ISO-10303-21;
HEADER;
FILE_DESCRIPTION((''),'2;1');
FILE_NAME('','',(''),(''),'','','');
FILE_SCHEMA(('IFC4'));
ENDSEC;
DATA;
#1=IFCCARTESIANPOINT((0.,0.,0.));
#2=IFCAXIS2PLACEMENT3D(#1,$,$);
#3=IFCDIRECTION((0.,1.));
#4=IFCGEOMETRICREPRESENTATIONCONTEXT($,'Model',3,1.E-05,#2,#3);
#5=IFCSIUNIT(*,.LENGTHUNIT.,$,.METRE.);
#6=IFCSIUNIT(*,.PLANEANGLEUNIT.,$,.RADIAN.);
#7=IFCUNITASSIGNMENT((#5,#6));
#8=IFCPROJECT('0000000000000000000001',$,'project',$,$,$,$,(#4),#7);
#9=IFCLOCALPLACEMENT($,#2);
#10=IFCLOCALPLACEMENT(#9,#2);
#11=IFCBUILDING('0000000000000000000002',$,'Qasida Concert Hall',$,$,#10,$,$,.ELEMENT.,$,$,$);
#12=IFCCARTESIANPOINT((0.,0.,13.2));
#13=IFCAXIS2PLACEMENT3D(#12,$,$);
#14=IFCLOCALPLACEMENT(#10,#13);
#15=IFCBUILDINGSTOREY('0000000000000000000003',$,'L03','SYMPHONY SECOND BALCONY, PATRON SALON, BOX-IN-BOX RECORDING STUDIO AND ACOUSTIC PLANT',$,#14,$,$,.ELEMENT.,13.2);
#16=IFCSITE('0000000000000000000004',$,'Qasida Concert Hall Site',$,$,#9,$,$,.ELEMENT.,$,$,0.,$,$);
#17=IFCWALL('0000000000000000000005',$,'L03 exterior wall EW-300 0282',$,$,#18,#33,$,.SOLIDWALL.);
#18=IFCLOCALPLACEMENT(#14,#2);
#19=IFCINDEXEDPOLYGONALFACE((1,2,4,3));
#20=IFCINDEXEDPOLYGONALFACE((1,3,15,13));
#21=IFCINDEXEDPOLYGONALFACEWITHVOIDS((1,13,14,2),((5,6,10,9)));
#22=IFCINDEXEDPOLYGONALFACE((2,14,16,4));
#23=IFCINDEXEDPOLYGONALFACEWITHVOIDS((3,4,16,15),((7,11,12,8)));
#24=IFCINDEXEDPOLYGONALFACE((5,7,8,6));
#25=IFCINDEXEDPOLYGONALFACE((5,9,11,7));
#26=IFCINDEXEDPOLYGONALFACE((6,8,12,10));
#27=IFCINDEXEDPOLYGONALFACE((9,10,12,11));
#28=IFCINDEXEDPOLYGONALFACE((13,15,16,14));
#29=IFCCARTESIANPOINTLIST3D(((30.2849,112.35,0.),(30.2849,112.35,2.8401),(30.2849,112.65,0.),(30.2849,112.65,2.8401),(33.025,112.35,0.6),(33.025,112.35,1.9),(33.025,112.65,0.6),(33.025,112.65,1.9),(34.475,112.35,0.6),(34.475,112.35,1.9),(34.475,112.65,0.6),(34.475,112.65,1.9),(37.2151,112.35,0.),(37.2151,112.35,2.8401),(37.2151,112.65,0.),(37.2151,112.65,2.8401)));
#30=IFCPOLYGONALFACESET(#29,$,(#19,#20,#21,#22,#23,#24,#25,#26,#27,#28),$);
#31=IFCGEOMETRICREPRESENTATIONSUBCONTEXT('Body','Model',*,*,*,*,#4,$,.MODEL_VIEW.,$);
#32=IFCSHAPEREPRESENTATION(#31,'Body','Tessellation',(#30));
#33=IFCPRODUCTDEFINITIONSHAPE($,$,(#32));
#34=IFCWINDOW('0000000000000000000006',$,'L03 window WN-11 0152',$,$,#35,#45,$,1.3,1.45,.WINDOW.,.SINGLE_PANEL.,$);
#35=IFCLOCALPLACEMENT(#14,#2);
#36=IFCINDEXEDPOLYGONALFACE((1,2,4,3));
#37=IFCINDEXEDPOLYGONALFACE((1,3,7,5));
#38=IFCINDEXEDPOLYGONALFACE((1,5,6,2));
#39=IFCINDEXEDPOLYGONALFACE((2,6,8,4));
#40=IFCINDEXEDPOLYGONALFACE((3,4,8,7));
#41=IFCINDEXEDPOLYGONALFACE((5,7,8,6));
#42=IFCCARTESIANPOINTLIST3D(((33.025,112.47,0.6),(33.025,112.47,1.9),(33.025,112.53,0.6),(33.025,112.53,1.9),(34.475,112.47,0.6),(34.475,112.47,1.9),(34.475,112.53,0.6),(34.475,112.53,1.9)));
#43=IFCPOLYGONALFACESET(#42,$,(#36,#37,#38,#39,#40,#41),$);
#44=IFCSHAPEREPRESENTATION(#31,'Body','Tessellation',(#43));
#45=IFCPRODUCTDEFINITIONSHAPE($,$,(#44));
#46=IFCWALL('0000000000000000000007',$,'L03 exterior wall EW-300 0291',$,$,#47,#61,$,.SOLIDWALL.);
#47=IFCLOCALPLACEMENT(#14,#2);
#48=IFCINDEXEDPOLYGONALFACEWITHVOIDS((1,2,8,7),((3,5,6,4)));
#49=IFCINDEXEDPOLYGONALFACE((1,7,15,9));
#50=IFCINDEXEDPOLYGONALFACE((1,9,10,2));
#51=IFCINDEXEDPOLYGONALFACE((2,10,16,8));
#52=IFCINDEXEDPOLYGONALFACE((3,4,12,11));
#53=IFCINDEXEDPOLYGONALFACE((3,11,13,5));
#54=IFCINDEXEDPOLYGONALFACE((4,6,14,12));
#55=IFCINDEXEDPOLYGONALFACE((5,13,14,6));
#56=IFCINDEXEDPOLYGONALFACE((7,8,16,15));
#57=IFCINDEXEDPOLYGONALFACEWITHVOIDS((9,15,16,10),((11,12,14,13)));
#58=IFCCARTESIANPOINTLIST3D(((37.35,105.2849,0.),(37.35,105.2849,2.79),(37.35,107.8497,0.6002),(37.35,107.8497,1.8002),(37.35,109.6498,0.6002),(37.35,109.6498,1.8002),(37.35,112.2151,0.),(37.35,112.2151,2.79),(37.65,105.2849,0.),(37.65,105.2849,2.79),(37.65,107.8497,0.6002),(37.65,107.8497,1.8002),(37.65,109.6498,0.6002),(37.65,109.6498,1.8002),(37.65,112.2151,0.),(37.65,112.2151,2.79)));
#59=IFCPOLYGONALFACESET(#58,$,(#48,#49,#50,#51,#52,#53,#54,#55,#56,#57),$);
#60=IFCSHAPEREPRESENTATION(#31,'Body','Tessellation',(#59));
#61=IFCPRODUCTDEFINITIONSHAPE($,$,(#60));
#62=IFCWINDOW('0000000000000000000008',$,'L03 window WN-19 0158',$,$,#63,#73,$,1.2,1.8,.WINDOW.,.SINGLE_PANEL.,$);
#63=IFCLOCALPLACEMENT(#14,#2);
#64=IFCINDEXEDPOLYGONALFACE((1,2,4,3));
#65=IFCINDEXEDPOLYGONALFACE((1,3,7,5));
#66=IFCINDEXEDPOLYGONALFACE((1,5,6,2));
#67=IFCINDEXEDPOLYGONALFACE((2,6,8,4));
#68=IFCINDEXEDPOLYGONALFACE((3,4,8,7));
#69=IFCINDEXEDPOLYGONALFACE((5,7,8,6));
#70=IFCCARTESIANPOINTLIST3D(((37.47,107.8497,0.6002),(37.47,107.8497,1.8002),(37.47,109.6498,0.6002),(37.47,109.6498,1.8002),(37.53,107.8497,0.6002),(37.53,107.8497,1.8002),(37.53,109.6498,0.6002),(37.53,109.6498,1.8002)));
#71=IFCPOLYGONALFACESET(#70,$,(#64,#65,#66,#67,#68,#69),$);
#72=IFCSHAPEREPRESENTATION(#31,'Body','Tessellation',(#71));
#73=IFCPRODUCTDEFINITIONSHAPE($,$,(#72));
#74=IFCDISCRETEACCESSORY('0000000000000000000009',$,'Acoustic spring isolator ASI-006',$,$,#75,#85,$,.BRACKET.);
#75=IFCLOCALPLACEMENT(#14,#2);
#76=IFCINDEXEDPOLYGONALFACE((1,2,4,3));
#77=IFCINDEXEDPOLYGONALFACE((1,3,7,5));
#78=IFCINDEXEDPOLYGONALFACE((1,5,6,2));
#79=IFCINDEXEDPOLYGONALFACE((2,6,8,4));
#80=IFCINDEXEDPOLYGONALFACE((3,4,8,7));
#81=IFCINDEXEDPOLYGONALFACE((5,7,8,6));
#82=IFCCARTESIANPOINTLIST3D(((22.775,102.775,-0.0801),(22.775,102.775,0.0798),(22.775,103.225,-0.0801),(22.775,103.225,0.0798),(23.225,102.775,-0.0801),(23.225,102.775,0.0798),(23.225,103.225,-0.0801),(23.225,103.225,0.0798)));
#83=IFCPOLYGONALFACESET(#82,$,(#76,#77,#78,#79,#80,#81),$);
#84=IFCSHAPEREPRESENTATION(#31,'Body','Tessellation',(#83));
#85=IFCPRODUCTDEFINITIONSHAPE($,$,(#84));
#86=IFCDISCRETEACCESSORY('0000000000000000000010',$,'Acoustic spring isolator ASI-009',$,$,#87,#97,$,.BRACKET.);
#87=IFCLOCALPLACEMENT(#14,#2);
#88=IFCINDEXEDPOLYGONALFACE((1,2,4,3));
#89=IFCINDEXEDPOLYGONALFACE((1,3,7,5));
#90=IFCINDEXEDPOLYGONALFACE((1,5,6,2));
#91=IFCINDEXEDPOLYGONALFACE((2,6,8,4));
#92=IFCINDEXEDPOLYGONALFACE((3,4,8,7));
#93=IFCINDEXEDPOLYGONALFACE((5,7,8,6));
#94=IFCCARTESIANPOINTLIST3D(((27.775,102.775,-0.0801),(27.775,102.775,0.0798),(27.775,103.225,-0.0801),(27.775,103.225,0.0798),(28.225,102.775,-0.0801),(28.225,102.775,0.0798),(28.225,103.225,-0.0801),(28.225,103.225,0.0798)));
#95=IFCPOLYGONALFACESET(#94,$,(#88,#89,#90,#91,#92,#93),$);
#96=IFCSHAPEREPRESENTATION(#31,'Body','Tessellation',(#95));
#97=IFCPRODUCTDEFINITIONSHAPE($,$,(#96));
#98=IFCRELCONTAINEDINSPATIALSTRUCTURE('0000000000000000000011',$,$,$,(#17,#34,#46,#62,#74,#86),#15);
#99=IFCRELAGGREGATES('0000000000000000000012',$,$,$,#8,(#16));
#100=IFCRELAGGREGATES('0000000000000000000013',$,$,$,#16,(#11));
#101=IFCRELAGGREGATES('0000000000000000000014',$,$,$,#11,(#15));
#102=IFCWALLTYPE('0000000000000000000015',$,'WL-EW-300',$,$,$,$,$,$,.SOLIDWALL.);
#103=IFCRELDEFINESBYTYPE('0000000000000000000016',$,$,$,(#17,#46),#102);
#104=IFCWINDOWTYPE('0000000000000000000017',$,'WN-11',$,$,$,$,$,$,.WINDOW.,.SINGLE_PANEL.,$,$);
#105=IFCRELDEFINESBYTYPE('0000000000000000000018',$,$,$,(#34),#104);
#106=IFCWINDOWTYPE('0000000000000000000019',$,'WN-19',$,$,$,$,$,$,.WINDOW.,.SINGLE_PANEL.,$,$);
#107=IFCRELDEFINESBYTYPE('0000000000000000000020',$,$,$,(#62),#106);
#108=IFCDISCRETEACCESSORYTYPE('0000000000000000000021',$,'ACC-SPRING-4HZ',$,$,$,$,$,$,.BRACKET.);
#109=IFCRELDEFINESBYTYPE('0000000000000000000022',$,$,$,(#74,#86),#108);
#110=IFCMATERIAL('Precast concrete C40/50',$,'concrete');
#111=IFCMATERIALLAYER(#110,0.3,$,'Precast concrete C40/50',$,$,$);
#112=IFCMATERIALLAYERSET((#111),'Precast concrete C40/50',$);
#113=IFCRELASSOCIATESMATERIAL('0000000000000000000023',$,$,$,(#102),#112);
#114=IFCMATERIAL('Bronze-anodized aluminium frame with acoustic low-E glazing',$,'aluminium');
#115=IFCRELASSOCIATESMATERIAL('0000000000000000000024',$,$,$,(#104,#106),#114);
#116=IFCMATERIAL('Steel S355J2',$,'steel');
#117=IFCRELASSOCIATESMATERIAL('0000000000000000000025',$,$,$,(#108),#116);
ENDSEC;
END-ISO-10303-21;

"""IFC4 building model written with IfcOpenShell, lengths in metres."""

from ifc_helpers import new_model, si_unit, direction, frame, frame_2d, origin, origin_2d, place, context, subcontext, project, spatial, rectangle, extrude, material, layer, layer_set, type_object, element, fill, save


model = new_model("IFC4")

# Units and contexts
model_context = context("Model", 3, precision=1e-05, world=origin(), true_north=direction((0.0, 1.0)))
body_context = subcontext(model_context, "Body", "Model", "MODEL_VIEW")
ifc_project = project(units=[si_unit("LENGTHUNIT", "METRE"), si_unit("PLANEANGLEUNIT", "RADIAN")], contexts=[model_context])

# Site, building, storey
site_placement = place(None, origin())
site = spatial("IfcSite", under=ifc_project, at=site_placement, Name="Qasida Concert Hall Site", CompositionType="ELEMENT", RefElevation=0.0)
building_placement = place(site_placement, origin())
building = spatial("IfcBuilding", under=site, at=building_placement, Name="Qasida Concert Hall", CompositionType="ELEMENT")
storey_placement = place(building_placement, frame((0.0, 0.0, 13.2)))
storey = spatial("IfcBuildingStorey", under=building, at=storey_placement, Name="L03", Description="SYMPHONY SECOND BALCONY, PATRON SALON, BOX-IN-BOX RECORDING STUDIO AND ACOUSTIC PLANT", CompositionType="ELEMENT", Elevation=13.2)

# Shared definitions
ifc_material_1 = material(Name="Steel S355J2", Category="steel")

# Walls, openings, windows
ifc_material_2 = material(Name="Precast concrete C40/50", Category="concrete")
ifc_layer_1 = layer(ifc_material_2, 0.3, Name="Precast concrete C40/50")
ifc_layer_set_1 = layer_set([ifc_layer_1], Name="Precast concrete C40/50")
wall_type = type_object("IfcWallType", Name="WL-EW-300", PredefinedType="SOLIDWALL", material=ifc_layer_set_1)
ifc_material_3 = material(Name="Bronze-anodized aluminium frame with acoustic low-E glazing", Category="aluminium")
wall_1_placement = place(storey_placement, frame((30.2849, 112.5, 0.0), z_axis=(0.0, 0.0, 1.0), x_axis=(1.0, 0.0, 0.0)))
wall_1 = element("IfcWall", 1, at=wall_1_placement, inside=storey, type_object=wall_type, Name="L03 exterior wall EW-300 0282", PredefinedType="SOLIDWALL", context=body_context, shape_type="SweptSolid", body=[
    extrude(rectangle(XDim=6.9302, YDim=0.3, at=frame_2d((3.4651, 0.0))), origin(), (0.0, 0.0, 1.0), 2.8401),
])
opening_1_placement = place(wall_1_placement, frame((2.74, 0.0, 0.6001)))
opening_1 = element("IfcOpeningElement", 2, at=opening_1_placement, cuts=wall_1, PredefinedType="OPENING", context=body_context, shape_type="SweptSolid", body=[
    extrude(rectangle(XDim=1.45, YDim=1.3, at=frame_2d((0.7251, 0.6499))), frame((0.0, 0.1599, 0.0), z_axis=(0.0, -1.0, 0.0), x_axis=(1.0, 0.0, 0.0)), (0.0, 0.0, 1.0), 0.3201),
])
window_type_1 = type_object("IfcWindowType", Name="WN-11", PartitioningType="SINGLE_PANEL", PredefinedType="WINDOW", material=ifc_material_3)
window_1_placement = place(opening_1_placement, origin())
window_1 = element("IfcWindow", 3, at=window_1_placement, inside=storey, type_object=window_type_1, Name="L03 window WN-11 0152", OverallHeight=1.3, OverallWidth=1.45, PartitioningType="SINGLE_PANEL", PredefinedType="WINDOW", context=body_context, shape_type="SweptSolid", body=[
    extrude(rectangle(XDim=1.45, YDim=1.3, at=frame_2d((0.7251, 0.6499))), frame((0.0, 0.03, 0.0), z_axis=(0.0, -1.0, 0.0), x_axis=(1.0, 0.0, 0.0)), (0.0, 0.0, 1.0), 0.0601),
])
fill(opening_1, window_1)
wall_2_placement = place(storey_placement, frame((37.5, 105.2849, 0.0), z_axis=(0.0, 0.0, 1.0), x_axis=(0.0, 1.0, 0.0)))
wall_2 = element("IfcWall", 4, at=wall_2_placement, inside=storey, type_object=wall_type, Name="L03 exterior wall EW-300 0291", PredefinedType="SOLIDWALL", context=body_context, shape_type="SweptSolid", body=[
    extrude(rectangle(XDim=6.9302, YDim=0.3, at=frame_2d((3.4651, 0.0))), origin(), (0.0, 0.0, 1.0), 2.79),
])
opening_2_placement = place(wall_2_placement, frame((2.5649, 0.0, 0.6001)))
opening_2 = element("IfcOpeningElement", 5, at=opening_2_placement, cuts=wall_2, PredefinedType="OPENING", context=body_context, shape_type="SweptSolid", body=[
    extrude(rectangle(XDim=1.8, YDim=1.2, at=frame_2d((0.8999, 0.6001))), frame((0.0, 0.1599, 0.0), z_axis=(0.0, -1.0, 0.0), x_axis=(1.0, 0.0, 0.0)), (0.0, 0.0, 1.0), 0.3201),
])
window_type_2 = type_object("IfcWindowType", Name="WN-19", PartitioningType="SINGLE_PANEL", PredefinedType="WINDOW", material=ifc_material_3)
window_2_placement = place(opening_2_placement, origin())
window_2 = element("IfcWindow", 6, at=window_2_placement, inside=storey, type_object=window_type_2, Name="L03 window WN-19 0158", OverallHeight=1.2, OverallWidth=1.8, PartitioningType="SINGLE_PANEL", PredefinedType="WINDOW", context=body_context, shape_type="SweptSolid", body=[
    extrude(rectangle(XDim=1.8, YDim=1.2, at=frame_2d((0.8999, 0.6001))), frame((0.0, 0.03, 0.0), z_axis=(0.0, -1.0, 0.0), x_axis=(1.0, 0.0, 0.0)), (0.0, 0.0, 1.0), 0.0601),
])
fill(opening_2, window_2)

# Discrete accessories
discrete_accessory_type = type_object("IfcDiscreteAccessoryType", Name="ACC-SPRING-4HZ", PredefinedType="BRACKET", material=ifc_material_1)
for number, where, z_axis, x_axis, name in (
    (7, (23.0, 103.0, -0.0801), (0.0, 0.0, 1.0), (1.0, 0.0, 0.0), "Acoustic spring isolator ASI-006"),
    (8, (28.0, 103.0, -0.0801), (0.0, 0.0, 1.0), (1.0, 0.0, 0.0), "Acoustic spring isolator ASI-009"),
):
    element("IfcDiscreteAccessory", number, at=place(storey_placement, frame(where, z_axis=z_axis, x_axis=x_axis)), inside=storey, type_object=discrete_accessory_type, Name=name, PredefinedType="BRACKET", context=body_context, shape_type="SweptSolid", body=[
        extrude(rectangle(XDim=0.45, YDim=0.45, at=origin_2d()), origin(), (0.0, 0.0, 1.0), 0.1599),
    ])

save(model, "model.ifc")
